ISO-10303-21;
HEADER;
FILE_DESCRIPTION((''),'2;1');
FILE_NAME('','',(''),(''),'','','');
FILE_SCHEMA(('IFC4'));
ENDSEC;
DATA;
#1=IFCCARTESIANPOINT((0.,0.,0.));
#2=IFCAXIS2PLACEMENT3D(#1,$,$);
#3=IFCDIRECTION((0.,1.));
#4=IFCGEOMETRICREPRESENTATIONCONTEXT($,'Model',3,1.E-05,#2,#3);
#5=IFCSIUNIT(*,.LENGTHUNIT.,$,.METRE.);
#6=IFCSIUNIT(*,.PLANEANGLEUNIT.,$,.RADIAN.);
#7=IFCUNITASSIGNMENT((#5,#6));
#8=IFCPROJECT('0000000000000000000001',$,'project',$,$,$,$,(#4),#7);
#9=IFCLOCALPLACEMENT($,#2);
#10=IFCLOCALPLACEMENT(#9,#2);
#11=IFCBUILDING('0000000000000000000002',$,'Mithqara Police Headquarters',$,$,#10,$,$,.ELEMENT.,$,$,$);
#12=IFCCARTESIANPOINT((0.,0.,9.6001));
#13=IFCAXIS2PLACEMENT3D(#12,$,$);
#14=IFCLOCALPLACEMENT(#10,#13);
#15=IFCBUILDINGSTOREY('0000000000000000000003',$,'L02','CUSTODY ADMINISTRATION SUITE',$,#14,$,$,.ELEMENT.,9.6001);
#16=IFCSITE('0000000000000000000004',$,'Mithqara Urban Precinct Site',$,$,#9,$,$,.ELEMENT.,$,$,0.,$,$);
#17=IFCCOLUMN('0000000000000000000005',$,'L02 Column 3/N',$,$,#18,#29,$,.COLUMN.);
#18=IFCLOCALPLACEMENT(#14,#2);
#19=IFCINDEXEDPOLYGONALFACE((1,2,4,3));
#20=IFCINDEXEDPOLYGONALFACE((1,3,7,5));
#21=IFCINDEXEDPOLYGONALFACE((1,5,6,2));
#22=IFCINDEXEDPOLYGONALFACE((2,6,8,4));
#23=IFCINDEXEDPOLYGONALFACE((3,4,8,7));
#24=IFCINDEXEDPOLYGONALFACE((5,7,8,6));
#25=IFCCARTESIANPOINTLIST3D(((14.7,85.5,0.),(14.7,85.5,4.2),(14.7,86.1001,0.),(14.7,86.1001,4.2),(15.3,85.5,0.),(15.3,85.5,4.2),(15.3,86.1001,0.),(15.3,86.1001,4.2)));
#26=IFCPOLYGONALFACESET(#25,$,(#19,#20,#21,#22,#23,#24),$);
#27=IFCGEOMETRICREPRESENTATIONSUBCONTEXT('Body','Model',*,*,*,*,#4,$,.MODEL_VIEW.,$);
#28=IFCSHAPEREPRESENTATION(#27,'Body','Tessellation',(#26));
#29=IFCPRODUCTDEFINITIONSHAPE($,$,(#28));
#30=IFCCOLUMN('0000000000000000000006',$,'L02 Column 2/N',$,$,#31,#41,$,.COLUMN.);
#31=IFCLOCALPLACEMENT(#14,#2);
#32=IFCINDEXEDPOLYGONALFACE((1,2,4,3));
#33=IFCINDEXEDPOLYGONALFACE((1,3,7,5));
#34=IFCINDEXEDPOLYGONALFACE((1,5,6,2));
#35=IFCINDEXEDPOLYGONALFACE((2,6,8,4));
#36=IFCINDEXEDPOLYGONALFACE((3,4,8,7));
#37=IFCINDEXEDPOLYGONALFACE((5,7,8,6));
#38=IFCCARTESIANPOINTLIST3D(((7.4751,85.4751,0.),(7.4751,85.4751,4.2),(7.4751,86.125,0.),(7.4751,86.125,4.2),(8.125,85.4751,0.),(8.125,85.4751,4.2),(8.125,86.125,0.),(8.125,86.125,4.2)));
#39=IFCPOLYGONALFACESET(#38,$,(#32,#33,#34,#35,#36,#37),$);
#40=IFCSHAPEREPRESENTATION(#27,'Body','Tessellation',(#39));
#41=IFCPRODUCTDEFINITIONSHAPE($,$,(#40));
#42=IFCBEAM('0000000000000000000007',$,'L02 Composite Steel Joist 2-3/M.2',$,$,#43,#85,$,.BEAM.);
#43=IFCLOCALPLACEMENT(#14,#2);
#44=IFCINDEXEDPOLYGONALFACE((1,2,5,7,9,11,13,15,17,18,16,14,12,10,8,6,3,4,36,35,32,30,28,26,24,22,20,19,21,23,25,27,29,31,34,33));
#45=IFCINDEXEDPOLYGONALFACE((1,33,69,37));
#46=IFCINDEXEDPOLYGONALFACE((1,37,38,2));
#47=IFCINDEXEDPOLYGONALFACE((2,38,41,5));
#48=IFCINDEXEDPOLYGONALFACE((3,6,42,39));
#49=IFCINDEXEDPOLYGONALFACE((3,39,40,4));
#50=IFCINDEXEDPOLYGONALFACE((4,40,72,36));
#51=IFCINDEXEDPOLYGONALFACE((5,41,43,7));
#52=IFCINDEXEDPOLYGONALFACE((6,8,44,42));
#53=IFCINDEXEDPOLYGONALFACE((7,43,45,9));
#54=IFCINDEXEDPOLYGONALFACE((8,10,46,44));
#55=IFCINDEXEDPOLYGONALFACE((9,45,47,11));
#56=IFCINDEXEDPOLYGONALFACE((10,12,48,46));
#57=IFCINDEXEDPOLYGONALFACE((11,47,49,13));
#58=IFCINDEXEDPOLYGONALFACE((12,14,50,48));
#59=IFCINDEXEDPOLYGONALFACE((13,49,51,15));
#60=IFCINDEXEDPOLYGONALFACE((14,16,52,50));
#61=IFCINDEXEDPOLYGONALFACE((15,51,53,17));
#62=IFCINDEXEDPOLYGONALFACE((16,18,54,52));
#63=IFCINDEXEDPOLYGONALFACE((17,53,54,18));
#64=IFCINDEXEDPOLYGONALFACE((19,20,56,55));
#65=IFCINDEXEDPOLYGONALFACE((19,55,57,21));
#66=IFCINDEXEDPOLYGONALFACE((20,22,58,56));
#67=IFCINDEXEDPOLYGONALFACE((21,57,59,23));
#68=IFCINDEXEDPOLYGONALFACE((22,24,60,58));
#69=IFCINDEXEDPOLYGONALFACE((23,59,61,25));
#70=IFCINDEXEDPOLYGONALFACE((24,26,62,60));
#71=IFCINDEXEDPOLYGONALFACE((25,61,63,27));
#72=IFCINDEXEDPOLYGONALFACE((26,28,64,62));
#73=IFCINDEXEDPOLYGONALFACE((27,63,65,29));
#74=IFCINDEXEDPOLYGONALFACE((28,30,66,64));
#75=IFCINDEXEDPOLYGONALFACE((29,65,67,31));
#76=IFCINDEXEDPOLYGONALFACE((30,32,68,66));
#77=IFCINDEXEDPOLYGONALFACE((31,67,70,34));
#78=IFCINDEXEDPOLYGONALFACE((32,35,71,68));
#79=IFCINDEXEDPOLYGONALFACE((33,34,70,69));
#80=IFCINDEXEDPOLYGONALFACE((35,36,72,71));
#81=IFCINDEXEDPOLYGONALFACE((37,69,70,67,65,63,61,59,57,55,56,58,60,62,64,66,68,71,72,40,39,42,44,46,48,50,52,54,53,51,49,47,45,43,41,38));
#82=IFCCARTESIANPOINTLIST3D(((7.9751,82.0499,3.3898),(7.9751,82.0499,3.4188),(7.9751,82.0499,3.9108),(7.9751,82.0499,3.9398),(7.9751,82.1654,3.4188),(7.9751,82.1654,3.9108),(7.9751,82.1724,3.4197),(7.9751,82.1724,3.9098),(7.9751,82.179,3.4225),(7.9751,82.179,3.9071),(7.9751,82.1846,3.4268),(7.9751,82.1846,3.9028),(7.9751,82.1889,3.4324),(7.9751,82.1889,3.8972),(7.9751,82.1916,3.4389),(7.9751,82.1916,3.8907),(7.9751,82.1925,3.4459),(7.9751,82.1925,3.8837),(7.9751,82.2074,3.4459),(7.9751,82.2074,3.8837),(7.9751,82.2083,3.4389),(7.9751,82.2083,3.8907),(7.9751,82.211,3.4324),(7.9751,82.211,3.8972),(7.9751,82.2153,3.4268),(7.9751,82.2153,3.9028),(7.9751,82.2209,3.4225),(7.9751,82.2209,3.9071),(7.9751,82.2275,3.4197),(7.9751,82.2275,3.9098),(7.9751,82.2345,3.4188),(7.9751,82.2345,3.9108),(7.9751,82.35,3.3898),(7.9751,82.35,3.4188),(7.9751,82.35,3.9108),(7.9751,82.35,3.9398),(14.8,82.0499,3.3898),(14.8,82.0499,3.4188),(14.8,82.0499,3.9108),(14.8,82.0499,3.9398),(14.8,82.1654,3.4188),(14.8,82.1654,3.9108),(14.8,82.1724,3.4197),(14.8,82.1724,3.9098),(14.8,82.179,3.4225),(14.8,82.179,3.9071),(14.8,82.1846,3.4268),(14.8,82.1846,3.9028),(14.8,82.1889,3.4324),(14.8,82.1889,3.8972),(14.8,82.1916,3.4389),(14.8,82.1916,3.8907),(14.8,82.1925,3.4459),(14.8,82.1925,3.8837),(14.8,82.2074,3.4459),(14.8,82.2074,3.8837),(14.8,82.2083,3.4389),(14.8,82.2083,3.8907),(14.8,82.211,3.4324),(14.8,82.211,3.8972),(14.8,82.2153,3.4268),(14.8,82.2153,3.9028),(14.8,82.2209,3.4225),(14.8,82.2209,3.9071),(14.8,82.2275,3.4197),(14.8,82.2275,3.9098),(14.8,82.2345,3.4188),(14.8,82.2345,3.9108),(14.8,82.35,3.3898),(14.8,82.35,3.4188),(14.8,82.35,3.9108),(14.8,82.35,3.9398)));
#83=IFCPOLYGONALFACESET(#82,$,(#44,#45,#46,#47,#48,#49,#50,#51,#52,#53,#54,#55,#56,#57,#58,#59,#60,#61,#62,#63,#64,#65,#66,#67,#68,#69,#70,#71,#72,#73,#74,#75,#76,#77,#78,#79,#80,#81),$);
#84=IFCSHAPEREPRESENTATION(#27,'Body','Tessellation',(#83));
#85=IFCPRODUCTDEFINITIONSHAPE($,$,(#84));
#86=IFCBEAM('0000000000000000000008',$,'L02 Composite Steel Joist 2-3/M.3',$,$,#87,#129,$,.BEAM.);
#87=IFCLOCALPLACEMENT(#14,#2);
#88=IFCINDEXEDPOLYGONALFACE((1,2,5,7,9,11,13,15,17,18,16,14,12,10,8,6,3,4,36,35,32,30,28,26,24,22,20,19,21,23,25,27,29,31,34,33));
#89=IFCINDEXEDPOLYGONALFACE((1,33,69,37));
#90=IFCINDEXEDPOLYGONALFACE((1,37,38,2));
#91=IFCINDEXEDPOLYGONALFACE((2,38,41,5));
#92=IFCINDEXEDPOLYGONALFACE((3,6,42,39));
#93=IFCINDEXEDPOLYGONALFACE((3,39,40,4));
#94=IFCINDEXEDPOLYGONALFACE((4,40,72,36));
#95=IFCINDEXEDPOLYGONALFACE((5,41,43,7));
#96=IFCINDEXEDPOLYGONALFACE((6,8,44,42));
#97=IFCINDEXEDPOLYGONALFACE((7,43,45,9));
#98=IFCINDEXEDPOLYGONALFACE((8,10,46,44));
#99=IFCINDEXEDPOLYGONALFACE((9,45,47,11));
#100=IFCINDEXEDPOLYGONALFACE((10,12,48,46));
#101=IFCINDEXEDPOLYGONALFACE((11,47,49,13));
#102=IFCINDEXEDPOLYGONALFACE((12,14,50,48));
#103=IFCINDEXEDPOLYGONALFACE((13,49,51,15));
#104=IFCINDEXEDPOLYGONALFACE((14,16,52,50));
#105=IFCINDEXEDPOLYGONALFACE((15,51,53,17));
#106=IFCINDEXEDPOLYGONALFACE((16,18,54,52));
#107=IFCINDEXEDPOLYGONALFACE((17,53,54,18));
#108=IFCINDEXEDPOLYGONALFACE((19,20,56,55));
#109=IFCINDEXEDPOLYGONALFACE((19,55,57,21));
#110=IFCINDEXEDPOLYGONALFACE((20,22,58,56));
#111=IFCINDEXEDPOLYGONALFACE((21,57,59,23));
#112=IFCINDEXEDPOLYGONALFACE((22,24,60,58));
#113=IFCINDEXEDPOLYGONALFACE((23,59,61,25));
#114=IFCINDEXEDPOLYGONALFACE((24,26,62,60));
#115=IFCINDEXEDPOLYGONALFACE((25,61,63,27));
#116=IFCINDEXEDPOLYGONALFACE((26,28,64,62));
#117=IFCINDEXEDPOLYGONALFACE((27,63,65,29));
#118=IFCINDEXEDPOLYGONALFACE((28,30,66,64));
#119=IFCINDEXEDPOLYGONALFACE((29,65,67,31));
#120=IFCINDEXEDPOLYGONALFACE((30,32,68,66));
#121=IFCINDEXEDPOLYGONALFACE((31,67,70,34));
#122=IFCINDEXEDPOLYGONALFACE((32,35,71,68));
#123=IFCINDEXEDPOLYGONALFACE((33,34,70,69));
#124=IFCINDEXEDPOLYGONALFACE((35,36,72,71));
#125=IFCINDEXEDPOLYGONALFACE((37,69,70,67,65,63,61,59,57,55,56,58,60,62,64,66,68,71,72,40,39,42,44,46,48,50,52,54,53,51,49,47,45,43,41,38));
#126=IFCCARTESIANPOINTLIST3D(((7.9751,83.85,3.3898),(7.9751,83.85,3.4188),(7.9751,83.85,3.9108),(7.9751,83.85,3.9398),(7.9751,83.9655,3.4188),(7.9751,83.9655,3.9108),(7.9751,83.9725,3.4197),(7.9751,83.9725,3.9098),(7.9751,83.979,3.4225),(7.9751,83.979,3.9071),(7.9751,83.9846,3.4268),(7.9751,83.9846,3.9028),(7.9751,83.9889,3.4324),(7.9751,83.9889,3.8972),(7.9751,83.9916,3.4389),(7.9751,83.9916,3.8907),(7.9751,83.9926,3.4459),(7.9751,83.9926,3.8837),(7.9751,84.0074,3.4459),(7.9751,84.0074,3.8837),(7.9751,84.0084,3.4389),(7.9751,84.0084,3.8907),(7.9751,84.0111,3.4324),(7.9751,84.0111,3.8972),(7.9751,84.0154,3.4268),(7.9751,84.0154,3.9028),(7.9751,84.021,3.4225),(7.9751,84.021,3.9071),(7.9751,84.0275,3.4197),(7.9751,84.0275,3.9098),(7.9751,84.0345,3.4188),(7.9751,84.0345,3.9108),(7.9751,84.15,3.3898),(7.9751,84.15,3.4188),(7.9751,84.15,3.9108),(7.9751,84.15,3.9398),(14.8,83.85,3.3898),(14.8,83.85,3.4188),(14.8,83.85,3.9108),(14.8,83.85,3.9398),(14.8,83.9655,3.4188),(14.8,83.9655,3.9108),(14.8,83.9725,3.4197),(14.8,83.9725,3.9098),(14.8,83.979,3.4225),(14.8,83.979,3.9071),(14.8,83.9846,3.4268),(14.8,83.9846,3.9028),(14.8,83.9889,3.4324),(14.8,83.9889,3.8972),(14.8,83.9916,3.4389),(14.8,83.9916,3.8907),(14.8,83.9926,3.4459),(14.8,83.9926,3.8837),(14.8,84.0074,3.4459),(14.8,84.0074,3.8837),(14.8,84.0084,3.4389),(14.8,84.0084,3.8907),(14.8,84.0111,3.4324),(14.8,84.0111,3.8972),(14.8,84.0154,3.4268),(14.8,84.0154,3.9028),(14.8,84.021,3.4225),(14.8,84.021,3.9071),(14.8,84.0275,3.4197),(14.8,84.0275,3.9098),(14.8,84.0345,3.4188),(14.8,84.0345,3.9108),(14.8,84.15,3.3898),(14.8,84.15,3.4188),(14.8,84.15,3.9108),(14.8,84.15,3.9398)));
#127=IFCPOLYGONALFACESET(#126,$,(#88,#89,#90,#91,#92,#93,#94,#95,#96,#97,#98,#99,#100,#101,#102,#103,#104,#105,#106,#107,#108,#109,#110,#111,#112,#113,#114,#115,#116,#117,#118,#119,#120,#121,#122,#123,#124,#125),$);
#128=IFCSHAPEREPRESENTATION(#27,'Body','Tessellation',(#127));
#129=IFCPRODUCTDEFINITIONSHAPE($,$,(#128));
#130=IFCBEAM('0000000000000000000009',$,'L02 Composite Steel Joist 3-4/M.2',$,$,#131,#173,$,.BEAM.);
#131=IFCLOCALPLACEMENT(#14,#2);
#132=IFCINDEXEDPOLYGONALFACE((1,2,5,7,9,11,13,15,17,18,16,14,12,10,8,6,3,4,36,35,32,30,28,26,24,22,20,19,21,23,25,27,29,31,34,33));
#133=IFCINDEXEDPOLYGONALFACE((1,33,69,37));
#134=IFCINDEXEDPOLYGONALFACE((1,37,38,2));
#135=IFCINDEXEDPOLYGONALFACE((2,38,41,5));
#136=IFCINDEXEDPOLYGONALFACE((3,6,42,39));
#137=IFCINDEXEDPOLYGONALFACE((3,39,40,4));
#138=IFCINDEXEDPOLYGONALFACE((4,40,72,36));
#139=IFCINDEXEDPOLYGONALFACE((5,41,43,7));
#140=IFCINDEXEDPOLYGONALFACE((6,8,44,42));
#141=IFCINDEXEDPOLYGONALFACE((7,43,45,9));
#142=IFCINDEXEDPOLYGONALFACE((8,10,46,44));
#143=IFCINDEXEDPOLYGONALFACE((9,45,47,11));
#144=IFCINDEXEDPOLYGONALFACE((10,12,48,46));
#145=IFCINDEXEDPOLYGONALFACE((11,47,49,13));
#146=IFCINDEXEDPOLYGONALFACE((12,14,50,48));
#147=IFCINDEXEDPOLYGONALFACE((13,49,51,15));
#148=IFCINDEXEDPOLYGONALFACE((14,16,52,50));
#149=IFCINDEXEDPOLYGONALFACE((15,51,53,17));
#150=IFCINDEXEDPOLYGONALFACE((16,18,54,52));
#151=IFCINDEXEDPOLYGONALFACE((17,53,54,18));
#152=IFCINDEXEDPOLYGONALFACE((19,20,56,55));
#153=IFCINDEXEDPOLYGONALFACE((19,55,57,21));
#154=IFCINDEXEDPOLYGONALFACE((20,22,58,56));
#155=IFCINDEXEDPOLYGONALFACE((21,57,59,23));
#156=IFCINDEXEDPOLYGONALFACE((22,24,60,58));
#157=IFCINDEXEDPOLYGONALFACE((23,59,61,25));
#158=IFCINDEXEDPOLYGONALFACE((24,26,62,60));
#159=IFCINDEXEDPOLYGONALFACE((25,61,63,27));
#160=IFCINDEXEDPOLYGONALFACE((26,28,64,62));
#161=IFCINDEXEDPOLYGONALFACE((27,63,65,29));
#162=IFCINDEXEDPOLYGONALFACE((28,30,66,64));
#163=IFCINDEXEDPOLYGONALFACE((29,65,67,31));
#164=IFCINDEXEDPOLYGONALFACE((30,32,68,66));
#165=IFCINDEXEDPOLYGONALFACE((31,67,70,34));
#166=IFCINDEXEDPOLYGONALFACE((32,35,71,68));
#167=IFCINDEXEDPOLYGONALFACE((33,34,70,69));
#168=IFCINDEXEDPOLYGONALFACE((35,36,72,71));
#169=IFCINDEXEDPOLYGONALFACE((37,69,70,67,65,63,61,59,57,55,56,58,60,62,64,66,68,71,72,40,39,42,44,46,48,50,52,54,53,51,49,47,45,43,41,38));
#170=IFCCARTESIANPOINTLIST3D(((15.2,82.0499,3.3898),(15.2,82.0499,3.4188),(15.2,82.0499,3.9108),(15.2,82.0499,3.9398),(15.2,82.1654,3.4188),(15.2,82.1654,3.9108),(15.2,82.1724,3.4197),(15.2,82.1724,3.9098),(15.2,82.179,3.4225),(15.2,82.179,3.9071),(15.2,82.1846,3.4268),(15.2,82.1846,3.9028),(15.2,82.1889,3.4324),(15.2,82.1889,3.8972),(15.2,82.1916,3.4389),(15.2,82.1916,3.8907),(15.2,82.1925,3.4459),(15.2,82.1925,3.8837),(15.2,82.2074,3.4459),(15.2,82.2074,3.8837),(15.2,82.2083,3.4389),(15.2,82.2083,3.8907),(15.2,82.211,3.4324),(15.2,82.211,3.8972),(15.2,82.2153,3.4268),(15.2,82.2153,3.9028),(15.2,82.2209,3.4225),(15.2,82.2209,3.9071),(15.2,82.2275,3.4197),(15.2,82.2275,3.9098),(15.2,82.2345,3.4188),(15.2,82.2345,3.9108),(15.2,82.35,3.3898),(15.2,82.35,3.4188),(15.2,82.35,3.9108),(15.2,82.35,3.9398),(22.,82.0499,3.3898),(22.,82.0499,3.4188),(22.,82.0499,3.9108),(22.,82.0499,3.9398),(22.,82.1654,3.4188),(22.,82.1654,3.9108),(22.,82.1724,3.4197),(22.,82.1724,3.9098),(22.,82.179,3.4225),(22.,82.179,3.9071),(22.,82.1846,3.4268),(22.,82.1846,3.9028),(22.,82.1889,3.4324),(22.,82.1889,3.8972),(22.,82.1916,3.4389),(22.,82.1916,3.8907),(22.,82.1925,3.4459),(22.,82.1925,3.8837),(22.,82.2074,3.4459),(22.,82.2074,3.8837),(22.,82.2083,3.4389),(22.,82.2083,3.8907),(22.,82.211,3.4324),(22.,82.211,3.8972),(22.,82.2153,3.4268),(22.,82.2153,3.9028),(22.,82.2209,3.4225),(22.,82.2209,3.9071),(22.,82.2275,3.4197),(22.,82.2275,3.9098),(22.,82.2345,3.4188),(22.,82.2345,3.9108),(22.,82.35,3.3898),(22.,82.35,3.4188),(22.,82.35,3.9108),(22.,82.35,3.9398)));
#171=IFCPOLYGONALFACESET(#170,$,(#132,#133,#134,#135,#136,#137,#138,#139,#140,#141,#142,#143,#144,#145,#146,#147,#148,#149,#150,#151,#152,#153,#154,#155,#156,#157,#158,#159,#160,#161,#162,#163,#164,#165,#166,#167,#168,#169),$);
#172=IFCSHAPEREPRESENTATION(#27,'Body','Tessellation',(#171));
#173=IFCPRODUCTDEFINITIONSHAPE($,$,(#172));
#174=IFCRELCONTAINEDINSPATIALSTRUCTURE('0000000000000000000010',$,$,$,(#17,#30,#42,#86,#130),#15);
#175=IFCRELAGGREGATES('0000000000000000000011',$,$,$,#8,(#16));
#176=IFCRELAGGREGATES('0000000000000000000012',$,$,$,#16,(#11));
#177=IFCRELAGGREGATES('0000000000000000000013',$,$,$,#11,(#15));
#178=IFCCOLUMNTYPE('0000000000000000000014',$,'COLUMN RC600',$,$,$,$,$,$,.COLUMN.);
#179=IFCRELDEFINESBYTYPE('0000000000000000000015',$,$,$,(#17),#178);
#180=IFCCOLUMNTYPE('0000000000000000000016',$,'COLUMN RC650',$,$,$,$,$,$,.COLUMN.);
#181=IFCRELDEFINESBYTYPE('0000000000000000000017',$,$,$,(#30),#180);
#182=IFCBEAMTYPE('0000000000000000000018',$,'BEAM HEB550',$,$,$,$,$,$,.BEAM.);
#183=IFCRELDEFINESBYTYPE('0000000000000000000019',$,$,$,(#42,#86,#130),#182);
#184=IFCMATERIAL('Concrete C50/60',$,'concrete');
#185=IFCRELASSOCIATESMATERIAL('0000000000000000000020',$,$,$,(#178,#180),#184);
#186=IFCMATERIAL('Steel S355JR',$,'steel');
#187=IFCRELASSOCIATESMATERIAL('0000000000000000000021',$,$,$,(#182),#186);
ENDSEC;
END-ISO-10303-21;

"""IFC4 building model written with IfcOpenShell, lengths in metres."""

from ifc_helpers import new_model, si_unit, direction, frame, origin, origin_2d, place, context, subcontext, project, spatial, rectangle, i_section, extrude, material, material_profile, profile_set, type_object, element, save


model = new_model("IFC4")

# Units and contexts
model_context = context("Model", 3, precision=1e-05, world=origin(), true_north=direction((0.0, 1.0)))
body_context = subcontext(model_context, "Body", "Model", "MODEL_VIEW")
ifc_project = project(units=[si_unit("LENGTHUNIT", "METRE"), si_unit("PLANEANGLEUNIT", "RADIAN")], contexts=[model_context])

# Site, building, storey
site_placement = place(None, origin())
site = spatial("IfcSite", under=ifc_project, at=site_placement, Name="Mithqara Urban Precinct Site", CompositionType="ELEMENT", RefElevation=0.0)
building_placement = place(site_placement, origin())
building = spatial("IfcBuilding", under=site, at=building_placement, Name="Mithqara Police Headquarters", CompositionType="ELEMENT")
storey_placement = place(building_placement, frame((0.0, 0.0, 9.6001)))
storey = spatial("IfcBuildingStorey", under=building, at=storey_placement, Name="L02", Description="CUSTODY ADMINISTRATION SUITE", CompositionType="ELEMENT", Elevation=9.6001)

# Columns
ifc_material_1 = material(Name="Concrete C50/60", Category="concrete")
ifc_material_profile_1 = material_profile(ifc_material_1, rectangle(XDim=0.6001, YDim=0.6001, at=origin_2d()), Name="RC 600x600")
ifc_profile_set_1 = profile_set([ifc_material_profile_1], Name="Concrete C50/60")
column_type_1 = type_object("IfcColumnType", Name="COLUMN RC600", PredefinedType="COLUMN", material=ifc_profile_set_1)
column_1_placement = place(storey_placement, frame((15.0, 85.8, 0.0), z_axis=(0.0, 0.0, 1.0), x_axis=(1.0, 0.0, 0.0)))
element("IfcColumn", 1, at=column_1_placement, inside=storey, type_object=column_type_1, Name="L02 Column 3/N", PredefinedType="COLUMN", context=body_context, shape_type="SweptSolid", body=[
    extrude(rectangle(XDim=0.6001, YDim=0.6001, at=origin_2d()), origin(), (0.0, 0.0, 1.0), 4.2),
])
ifc_material_profile_2 = material_profile(ifc_material_1, rectangle(XDim=0.6499, YDim=0.6499, at=origin_2d()), Name="RC 650x650")
ifc_profile_set_2 = profile_set([ifc_material_profile_2], Name="Concrete C50/60")
column_type_2 = type_object("IfcColumnType", Name="COLUMN RC650", PredefinedType="COLUMN", material=ifc_profile_set_2)
column_2_placement = place(storey_placement, frame((7.8, 85.8, 0.0), z_axis=(0.0, 0.0, 1.0), x_axis=(1.0, 0.0, 0.0)))
element("IfcColumn", 2, at=column_2_placement, inside=storey, type_object=column_type_2, Name="L02 Column 2/N", PredefinedType="COLUMN", context=body_context, shape_type="SweptSolid", body=[
    extrude(rectangle(XDim=0.6499, YDim=0.6499, at=origin_2d()), origin(), (0.0, 0.0, 1.0), 4.2),
])

# Beams
ifc_material_2 = material(Name="Steel S355JR", Category="steel")
ifc_material_profile_3 = material_profile(ifc_material_2, i_section(OverallWidth=0.3, OverallDepth=0.55, WebThickness=0.0149, FlangeThickness=0.0291, FilletRadius=0.0271, at=origin_2d()), Name="HEB 550")
ifc_profile_set_3 = profile_set([ifc_material_profile_3], Name="Steel S355JR")
beam_type_1 = type_object("IfcBeamType", Name="BEAM HEB550", PredefinedType="BEAM", material=ifc_profile_set_3)
for number, where, z_axis, x_axis, name in (
    (3, (7.9751, 82.2, 3.6648), (1.0, 0.0, 0.0), (0.0, 1.0, 0.0), "L02 Composite Steel Joist 2-3/M.2"),
    (4, (7.9751, 84.0, 3.6648), (1.0, 0.0, 0.0), (0.0, 1.0, 0.0), "L02 Composite Steel Joist 2-3/M.3"),
):
    element("IfcBeam", number, at=place(storey_placement, frame(where, z_axis=z_axis, x_axis=x_axis)), inside=storey, type_object=beam_type_1, Name=name, PredefinedType="BEAM", context=body_context, shape_type="SweptSolid", body=[
        extrude(i_section(OverallWidth=0.3, OverallDepth=0.55, WebThickness=0.0149, FlangeThickness=0.0291, FilletRadius=0.0271, at=origin_2d()), origin(), (0.0, 0.0, 1.0), 6.825),
    ])
for number, where, z_axis, x_axis, name in (
    (5, (15.2, 82.2, 3.6648), (1.0, 0.0, 0.0), (0.0, 1.0, 0.0), "L02 Composite Steel Joist 3-4/M.2"),
):
    element("IfcBeam", number, at=place(storey_placement, frame(where, z_axis=z_axis, x_axis=x_axis)), inside=storey, type_object=beam_type_1, Name=name, PredefinedType="BEAM", context=body_context, shape_type="SweptSolid", body=[
        extrude(i_section(OverallWidth=0.3, OverallDepth=0.55, WebThickness=0.0149, FlangeThickness=0.0291, FilletRadius=0.0271, at=origin_2d()), origin(), (0.0, 0.0, 1.0), 6.8),
    ])

save(model, "model.ifc")
